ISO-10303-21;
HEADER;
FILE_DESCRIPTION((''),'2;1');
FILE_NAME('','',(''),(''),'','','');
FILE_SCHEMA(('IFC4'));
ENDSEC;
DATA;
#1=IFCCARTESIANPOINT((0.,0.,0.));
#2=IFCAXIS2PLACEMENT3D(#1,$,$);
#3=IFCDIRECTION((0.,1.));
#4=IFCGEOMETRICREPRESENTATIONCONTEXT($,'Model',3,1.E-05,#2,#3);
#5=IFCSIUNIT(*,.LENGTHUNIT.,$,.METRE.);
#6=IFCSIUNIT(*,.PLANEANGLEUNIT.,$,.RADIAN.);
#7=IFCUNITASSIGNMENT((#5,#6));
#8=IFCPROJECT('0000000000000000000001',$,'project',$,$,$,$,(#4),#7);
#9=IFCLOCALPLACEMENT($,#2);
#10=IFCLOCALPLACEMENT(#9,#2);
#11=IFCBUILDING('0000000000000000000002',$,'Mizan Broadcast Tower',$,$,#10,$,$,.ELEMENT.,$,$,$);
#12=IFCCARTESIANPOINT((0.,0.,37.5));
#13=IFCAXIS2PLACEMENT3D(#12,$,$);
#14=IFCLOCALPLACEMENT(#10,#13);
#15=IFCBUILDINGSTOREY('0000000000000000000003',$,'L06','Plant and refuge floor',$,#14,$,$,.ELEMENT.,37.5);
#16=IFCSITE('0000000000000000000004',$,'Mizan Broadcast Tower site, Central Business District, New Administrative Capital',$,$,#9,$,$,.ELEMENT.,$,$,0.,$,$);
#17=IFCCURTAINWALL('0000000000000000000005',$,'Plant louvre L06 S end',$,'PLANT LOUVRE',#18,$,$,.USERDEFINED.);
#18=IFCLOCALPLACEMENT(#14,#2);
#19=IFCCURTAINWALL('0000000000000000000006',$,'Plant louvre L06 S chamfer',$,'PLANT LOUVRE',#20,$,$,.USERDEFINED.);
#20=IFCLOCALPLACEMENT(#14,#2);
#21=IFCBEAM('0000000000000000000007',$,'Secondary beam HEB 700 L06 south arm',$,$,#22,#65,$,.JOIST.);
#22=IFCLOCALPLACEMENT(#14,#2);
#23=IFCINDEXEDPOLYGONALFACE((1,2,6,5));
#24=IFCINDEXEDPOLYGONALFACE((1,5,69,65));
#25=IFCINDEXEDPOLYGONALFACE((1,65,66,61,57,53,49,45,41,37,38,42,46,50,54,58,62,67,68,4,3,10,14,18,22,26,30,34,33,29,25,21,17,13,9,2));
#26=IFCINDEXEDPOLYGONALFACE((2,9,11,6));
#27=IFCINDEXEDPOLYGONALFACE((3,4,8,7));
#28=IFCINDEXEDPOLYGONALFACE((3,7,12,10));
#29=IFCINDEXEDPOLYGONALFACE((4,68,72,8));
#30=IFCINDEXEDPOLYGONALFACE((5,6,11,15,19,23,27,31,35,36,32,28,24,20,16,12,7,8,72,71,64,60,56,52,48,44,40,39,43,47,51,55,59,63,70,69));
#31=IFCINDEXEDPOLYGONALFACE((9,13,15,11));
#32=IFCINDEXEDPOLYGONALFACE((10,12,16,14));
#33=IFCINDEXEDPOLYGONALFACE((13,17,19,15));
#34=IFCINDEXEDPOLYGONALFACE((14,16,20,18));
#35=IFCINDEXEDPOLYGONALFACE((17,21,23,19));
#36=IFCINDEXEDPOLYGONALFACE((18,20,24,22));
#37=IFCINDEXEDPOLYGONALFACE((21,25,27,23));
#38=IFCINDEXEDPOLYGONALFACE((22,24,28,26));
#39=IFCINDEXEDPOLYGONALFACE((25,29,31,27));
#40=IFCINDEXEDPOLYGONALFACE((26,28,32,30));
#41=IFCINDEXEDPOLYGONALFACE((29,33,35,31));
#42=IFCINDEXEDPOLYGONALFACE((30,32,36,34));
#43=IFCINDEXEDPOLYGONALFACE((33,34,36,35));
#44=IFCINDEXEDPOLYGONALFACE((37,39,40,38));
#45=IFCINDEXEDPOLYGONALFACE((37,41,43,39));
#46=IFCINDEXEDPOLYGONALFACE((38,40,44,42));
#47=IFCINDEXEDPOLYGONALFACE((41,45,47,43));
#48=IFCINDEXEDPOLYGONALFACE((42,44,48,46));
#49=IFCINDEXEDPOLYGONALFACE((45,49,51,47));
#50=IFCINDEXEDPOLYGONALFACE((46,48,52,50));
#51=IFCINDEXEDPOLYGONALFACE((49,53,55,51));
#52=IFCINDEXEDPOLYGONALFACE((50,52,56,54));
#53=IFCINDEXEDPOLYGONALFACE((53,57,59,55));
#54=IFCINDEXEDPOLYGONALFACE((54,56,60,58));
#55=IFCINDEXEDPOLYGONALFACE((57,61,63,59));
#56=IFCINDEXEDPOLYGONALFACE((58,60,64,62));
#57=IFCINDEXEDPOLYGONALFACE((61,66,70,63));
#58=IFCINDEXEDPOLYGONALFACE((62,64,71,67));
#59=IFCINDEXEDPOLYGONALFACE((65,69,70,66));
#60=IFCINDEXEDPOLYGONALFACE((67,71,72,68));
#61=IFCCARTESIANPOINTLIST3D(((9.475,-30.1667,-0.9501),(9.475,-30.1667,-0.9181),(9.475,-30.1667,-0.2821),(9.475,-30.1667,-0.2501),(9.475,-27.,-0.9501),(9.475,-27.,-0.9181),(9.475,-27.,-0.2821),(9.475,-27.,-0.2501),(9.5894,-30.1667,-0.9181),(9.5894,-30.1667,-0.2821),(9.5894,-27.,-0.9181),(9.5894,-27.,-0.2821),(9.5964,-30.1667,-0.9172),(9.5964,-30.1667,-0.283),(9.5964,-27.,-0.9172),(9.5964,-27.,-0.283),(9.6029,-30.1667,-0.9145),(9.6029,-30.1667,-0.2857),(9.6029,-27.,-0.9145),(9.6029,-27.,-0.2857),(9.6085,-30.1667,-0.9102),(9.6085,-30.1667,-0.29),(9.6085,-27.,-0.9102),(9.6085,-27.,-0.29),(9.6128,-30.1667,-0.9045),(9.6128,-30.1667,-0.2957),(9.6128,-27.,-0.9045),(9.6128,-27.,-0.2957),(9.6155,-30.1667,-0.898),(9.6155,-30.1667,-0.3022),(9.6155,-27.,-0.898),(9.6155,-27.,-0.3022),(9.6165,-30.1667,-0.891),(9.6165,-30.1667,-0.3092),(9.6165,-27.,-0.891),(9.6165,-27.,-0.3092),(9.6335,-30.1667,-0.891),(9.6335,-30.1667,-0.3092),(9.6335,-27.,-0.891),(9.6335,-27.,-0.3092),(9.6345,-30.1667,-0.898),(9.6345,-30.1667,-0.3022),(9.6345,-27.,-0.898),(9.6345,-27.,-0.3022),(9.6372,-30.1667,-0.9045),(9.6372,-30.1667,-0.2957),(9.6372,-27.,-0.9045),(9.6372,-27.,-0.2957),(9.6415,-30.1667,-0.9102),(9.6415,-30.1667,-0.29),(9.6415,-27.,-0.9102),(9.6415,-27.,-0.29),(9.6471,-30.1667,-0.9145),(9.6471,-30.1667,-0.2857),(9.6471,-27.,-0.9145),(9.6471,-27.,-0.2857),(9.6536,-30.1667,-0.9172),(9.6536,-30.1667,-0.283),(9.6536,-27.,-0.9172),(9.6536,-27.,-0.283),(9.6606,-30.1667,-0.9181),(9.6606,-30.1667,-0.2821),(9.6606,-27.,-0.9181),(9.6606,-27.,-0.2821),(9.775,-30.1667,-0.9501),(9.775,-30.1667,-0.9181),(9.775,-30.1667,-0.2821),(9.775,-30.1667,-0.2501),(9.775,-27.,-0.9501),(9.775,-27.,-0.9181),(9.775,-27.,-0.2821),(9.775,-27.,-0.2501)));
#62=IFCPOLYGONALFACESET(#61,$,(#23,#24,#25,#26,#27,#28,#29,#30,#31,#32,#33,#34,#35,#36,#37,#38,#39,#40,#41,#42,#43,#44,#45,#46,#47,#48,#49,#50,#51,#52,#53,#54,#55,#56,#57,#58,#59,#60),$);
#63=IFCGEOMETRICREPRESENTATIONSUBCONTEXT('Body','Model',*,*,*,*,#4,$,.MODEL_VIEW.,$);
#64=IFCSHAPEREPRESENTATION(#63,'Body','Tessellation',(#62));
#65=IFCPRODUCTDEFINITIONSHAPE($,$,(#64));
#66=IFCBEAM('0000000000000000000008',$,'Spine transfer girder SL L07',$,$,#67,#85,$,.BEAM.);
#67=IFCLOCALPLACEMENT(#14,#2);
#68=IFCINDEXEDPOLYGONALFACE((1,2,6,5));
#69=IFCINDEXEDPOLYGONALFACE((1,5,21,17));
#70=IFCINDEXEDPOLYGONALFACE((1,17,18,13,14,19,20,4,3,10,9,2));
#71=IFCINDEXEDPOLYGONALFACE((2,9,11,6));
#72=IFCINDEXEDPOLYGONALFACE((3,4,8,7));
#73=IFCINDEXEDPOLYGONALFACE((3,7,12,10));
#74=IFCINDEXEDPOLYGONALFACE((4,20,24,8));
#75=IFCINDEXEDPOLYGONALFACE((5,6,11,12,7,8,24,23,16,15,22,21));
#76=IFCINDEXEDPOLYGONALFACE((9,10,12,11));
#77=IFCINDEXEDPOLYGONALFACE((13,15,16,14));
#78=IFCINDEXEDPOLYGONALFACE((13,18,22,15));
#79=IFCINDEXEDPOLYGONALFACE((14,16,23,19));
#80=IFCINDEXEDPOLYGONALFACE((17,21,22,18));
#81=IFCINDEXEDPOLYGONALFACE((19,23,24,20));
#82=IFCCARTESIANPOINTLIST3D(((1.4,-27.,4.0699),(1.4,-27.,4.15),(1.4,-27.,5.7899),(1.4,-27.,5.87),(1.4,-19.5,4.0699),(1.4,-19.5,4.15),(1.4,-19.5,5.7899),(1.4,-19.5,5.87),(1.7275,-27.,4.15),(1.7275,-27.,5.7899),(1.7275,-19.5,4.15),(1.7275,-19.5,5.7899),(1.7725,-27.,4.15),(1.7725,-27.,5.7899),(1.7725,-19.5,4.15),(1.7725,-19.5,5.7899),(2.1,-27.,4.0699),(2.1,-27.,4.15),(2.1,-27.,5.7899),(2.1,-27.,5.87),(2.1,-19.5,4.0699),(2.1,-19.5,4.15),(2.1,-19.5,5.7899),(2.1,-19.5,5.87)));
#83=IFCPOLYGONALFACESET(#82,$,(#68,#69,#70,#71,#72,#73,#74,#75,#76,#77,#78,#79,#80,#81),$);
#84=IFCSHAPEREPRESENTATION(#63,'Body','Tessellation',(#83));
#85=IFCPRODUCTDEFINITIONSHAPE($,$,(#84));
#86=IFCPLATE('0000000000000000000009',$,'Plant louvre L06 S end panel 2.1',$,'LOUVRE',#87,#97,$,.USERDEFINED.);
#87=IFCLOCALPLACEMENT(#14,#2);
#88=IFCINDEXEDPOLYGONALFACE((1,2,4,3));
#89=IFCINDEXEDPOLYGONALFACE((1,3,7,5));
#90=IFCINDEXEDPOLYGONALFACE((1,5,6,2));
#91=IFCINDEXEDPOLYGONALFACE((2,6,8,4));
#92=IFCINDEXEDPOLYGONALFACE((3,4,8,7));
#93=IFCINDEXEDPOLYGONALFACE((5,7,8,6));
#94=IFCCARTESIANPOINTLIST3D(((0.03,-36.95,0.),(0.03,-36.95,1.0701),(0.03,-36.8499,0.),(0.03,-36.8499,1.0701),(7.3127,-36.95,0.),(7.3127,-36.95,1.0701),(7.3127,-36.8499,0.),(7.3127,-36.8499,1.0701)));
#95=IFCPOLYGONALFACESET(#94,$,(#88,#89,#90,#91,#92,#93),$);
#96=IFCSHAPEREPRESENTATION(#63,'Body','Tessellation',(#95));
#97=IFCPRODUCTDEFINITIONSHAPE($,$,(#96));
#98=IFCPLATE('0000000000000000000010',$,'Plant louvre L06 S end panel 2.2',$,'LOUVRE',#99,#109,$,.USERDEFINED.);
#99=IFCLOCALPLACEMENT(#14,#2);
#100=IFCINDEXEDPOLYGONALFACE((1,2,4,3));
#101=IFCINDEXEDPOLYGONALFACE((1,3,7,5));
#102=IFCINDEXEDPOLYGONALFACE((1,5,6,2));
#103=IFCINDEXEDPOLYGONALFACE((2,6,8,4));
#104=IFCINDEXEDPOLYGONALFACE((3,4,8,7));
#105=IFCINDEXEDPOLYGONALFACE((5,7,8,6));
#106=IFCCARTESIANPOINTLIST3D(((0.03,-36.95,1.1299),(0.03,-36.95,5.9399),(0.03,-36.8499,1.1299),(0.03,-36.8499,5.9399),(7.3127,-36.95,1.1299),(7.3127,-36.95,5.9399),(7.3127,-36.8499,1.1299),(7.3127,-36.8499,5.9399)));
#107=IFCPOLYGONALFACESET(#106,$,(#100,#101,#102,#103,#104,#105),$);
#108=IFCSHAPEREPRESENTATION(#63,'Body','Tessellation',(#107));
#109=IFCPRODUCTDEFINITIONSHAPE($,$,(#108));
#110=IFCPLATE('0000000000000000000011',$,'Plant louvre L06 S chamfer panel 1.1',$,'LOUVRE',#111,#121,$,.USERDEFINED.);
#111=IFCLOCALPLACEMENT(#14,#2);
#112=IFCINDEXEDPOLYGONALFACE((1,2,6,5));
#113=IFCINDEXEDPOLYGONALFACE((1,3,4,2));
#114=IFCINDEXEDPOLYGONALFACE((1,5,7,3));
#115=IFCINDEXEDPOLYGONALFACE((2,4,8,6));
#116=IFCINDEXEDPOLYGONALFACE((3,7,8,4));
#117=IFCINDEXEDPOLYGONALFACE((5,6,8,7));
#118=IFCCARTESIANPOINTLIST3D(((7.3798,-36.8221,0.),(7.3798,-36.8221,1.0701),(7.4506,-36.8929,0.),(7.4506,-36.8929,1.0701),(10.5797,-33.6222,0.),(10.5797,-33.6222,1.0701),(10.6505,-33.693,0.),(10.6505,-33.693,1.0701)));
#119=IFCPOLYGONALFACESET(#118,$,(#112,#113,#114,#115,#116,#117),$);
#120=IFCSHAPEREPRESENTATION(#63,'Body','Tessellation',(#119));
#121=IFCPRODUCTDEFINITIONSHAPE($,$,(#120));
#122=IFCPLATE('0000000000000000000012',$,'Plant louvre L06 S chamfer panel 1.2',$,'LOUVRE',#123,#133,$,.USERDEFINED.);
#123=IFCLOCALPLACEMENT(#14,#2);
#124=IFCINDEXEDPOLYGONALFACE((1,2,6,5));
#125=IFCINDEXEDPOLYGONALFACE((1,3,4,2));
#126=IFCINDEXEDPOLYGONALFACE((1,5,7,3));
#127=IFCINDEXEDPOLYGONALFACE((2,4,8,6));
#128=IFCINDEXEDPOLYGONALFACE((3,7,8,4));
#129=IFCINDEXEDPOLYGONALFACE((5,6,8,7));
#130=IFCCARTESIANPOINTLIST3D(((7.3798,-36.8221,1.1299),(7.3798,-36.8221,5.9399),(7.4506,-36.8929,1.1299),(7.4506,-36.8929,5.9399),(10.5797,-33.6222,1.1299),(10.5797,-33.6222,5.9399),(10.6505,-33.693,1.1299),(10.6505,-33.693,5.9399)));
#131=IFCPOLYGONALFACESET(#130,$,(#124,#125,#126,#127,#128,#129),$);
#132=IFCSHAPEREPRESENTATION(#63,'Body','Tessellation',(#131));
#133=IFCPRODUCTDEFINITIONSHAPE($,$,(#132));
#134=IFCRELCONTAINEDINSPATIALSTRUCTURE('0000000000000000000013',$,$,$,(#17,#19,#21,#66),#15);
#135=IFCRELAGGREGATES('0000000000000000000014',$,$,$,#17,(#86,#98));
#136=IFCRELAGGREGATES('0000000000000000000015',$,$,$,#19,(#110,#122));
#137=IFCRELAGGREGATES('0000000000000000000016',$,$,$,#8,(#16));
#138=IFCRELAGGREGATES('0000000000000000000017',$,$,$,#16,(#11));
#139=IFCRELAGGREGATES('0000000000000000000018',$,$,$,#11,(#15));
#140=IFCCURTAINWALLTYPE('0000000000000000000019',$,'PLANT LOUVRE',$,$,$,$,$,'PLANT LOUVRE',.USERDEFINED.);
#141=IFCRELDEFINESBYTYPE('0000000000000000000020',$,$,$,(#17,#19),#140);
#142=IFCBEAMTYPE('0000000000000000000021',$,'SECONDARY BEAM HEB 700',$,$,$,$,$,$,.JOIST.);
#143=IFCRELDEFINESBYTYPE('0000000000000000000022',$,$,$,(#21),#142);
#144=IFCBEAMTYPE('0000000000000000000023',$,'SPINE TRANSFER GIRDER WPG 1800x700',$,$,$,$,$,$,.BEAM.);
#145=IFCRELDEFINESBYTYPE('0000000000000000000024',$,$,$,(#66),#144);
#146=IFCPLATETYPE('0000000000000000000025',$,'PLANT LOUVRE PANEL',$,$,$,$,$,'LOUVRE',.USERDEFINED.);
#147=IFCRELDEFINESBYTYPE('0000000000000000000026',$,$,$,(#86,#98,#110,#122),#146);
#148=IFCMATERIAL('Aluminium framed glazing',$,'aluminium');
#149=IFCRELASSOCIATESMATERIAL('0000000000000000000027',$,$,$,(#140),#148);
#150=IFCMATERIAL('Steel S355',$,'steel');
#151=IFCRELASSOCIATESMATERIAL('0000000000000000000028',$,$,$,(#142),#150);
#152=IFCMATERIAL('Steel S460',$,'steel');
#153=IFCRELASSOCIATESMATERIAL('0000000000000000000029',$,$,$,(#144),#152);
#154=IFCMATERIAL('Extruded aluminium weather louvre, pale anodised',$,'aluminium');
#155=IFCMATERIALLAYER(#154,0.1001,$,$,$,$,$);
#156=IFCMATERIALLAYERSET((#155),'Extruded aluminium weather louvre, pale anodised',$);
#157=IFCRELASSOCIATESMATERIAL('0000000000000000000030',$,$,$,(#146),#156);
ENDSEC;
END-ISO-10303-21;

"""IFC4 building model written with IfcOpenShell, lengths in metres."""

from ifc_helpers import new_model, si_unit, direction, frame, origin, origin_2d, place, context, subcontext, project, spatial, rectangle, i_section, extrude, material, layer, layer_set, material_profile, profile_set, type_object, element, aggregate, save


model = new_model("IFC4")

# Units and contexts
model_context = context("Model", 3, precision=1e-05, world=origin(), true_north=direction((0.0, 1.0)))
body_context = subcontext(model_context, "Body", "Model", "MODEL_VIEW")
ifc_project = project(units=[si_unit("LENGTHUNIT", "METRE"), si_unit("PLANEANGLEUNIT", "RADIAN")], contexts=[model_context])

# Site, building, storey
site_placement = place(None, origin())
site = spatial("IfcSite", under=ifc_project, at=site_placement, Name="Mizan Broadcast Tower site, Central Business District, New Administrative Capital", CompositionType="ELEMENT", RefElevation=0.0)
building_placement = place(site_placement, origin())
building = spatial("IfcBuilding", under=site, at=building_placement, Name="Mizan Broadcast Tower", CompositionType="ELEMENT")
storey_placement = place(building_placement, frame((0.0, 0.0, 37.5)))
storey = spatial("IfcBuildingStorey", under=building, at=storey_placement, Name="L06", Description="Plant and refuge floor", CompositionType="ELEMENT", Elevation=37.5)

# Curtain wall
ifc_material_1 = material(Name="Aluminium framed glazing", Category="aluminium")
curtain_wall_type = type_object("IfcCurtainWallType", Name="PLANT LOUVRE", ElementType="PLANT LOUVRE", PredefinedType="USERDEFINED", material=ifc_material_1)
curtain_wall_1_placement = place(storey_placement, origin())
curtain_wall_1 = element("IfcCurtainWall", 1, at=curtain_wall_1_placement, inside=storey, type_object=curtain_wall_type, Name="Plant louvre L06 S end", ObjectType="PLANT LOUVRE", PredefinedType="USERDEFINED")

# Curtain wall
curtain_wall_2_placement = place(storey_placement, origin())
curtain_wall_2 = element("IfcCurtainWall", 2, at=curtain_wall_2_placement, inside=storey, type_object=curtain_wall_type, Name="Plant louvre L06 S chamfer", ObjectType="PLANT LOUVRE", PredefinedType="USERDEFINED")

# Beams
ifc_material_2 = material(Name="Steel S355", Category="steel")
ifc_material_profile_1 = material_profile(ifc_material_2, i_section(OverallWidth=0.3, OverallDepth=0.7, WebThickness=0.0171, FlangeThickness=0.032, FilletRadius=0.0271, at=origin_2d()), Name="HEB 700")
ifc_profile_set_1 = profile_set([ifc_material_profile_1], Name="Steel S355")
beam_type_1 = type_object("IfcBeamType", Name="SECONDARY BEAM HEB 700", PredefinedType="JOIST", material=ifc_profile_set_1)
beam_1_placement = place(storey_placement, frame((9.625, -27.0, -0.6001), z_axis=(0.0, -1.0, 0.0), x_axis=(1.0, 0.0, 0.0)))
element("IfcBeam", 3, at=beam_1_placement, inside=storey, type_object=beam_type_1, Name="Secondary beam HEB 700 L06 south arm", PredefinedType="JOIST", context=body_context, shape_type="SweptSolid", body=[
    extrude(i_section(OverallWidth=0.3, OverallDepth=0.7, WebThickness=0.0171, FlangeThickness=0.032, FilletRadius=0.0271, at=origin_2d()), origin(), (0.0, 0.0, 1.0), 3.1667),
])
ifc_material_3 = material(Name="Steel S460", Category="steel")
ifc_material_profile_2 = material_profile(ifc_material_3, i_section(OverallWidth=0.7, OverallDepth=1.8, WebThickness=0.0449, FlangeThickness=0.0801, at=origin_2d()), Name="WPG 1800x700")
ifc_profile_set_2 = profile_set([ifc_material_profile_2], Name="Steel S460")
beam_type_2 = type_object("IfcBeamType", Name="SPINE TRANSFER GIRDER WPG 1800x700", PredefinedType="BEAM", material=ifc_profile_set_2)
beam_2_placement = place(storey_placement, frame((1.75, -19.5, 4.97), z_axis=(0.0, -1.0, 0.0), x_axis=(1.0, 0.0, 0.0)))
element("IfcBeam", 4, at=beam_2_placement, inside=storey, type_object=beam_type_2, Name="Spine transfer girder SL L07", PredefinedType="BEAM", context=body_context, shape_type="SweptSolid", body=[
    extrude(i_section(OverallWidth=0.7, OverallDepth=1.8, WebThickness=0.0449, FlangeThickness=0.0801, at=origin_2d()), origin(), (0.0, 0.0, 1.0), 7.5),
])

# Plates
ifc_material_4 = material(Name="Extruded aluminium weather louvre, pale anodised", Category="aluminium")
ifc_layer = layer(ifc_material_4, 0.1001)
ifc_layer_set = layer_set([ifc_layer], Name="Extruded aluminium weather louvre, pale anodised")
plate_type = type_object("IfcPlateType", Name="PLANT LOUVRE PANEL", ElementType="LOUVRE", PredefinedType="USERDEFINED", material=ifc_layer_set)
plate_1_placement = place(storey_placement, frame((3.6714, -36.8999, 0.0), z_axis=(0.0, 0.0, 1.0), x_axis=(1.0, 0.0, 0.0)))
plate_1 = element("IfcPlate", 5, at=plate_1_placement, type_object=plate_type, Name="Plant louvre L06 S end panel 2.1", ObjectType="LOUVRE", PredefinedType="USERDEFINED", context=body_context, shape_type="SweptSolid", body=[
    extrude(rectangle(XDim=7.2827, YDim=0.1001, at=origin_2d()), origin(), (0.0, 0.0, 1.0), 1.0701),
])
plate_2_placement = place(storey_placement, frame((3.6714, -36.8999, 1.1299), z_axis=(0.0, 0.0, 1.0), x_axis=(1.0, 0.0, 0.0)))
plate_2 = element("IfcPlate", 6, at=plate_2_placement, type_object=plate_type, Name="Plant louvre L06 S end panel 2.2", ObjectType="LOUVRE", PredefinedType="USERDEFINED", context=body_context, shape_type="SweptSolid", body=[
    extrude(rectangle(XDim=7.2827, YDim=0.1001, at=origin_2d()), origin(), (0.0, 0.0, 1.0), 4.8101),
])
aggregate(curtain_wall_1, [plate_1, plate_2])
plate_3_placement = place(storey_placement, frame((9.0151, -35.2576, 0.0), z_axis=(0.0, 0.0, 1.0), x_axis=(0.707107, 0.707107, 0.0)))
plate_3 = element("IfcPlate", 7, at=plate_3_placement, type_object=plate_type, Name="Plant louvre L06 S chamfer panel 1.1", ObjectType="LOUVRE", PredefinedType="USERDEFINED", context=body_context, shape_type="SweptSolid", body=[
    extrude(rectangle(XDim=4.5254, YDim=0.1001, at=origin_2d()), origin(), (0.0, 0.0, 1.0), 1.0701),
])
plate_4_placement = place(storey_placement, frame((9.0151, -35.2576, 1.1299), z_axis=(0.0, 0.0, 1.0), x_axis=(0.707107, 0.707107, 0.0)))
plate_4 = element("IfcPlate", 8, at=plate_4_placement, type_object=plate_type, Name="Plant louvre L06 S chamfer panel 1.2", ObjectType="LOUVRE", PredefinedType="USERDEFINED", context=body_context, shape_type="SweptSolid", body=[
    extrude(rectangle(XDim=4.5254, YDim=0.1001, at=origin_2d()), origin(), (0.0, 0.0, 1.0), 4.8101),
])
aggregate(curtain_wall_2, [plate_3, plate_4])

save(model, "model.ifc")
